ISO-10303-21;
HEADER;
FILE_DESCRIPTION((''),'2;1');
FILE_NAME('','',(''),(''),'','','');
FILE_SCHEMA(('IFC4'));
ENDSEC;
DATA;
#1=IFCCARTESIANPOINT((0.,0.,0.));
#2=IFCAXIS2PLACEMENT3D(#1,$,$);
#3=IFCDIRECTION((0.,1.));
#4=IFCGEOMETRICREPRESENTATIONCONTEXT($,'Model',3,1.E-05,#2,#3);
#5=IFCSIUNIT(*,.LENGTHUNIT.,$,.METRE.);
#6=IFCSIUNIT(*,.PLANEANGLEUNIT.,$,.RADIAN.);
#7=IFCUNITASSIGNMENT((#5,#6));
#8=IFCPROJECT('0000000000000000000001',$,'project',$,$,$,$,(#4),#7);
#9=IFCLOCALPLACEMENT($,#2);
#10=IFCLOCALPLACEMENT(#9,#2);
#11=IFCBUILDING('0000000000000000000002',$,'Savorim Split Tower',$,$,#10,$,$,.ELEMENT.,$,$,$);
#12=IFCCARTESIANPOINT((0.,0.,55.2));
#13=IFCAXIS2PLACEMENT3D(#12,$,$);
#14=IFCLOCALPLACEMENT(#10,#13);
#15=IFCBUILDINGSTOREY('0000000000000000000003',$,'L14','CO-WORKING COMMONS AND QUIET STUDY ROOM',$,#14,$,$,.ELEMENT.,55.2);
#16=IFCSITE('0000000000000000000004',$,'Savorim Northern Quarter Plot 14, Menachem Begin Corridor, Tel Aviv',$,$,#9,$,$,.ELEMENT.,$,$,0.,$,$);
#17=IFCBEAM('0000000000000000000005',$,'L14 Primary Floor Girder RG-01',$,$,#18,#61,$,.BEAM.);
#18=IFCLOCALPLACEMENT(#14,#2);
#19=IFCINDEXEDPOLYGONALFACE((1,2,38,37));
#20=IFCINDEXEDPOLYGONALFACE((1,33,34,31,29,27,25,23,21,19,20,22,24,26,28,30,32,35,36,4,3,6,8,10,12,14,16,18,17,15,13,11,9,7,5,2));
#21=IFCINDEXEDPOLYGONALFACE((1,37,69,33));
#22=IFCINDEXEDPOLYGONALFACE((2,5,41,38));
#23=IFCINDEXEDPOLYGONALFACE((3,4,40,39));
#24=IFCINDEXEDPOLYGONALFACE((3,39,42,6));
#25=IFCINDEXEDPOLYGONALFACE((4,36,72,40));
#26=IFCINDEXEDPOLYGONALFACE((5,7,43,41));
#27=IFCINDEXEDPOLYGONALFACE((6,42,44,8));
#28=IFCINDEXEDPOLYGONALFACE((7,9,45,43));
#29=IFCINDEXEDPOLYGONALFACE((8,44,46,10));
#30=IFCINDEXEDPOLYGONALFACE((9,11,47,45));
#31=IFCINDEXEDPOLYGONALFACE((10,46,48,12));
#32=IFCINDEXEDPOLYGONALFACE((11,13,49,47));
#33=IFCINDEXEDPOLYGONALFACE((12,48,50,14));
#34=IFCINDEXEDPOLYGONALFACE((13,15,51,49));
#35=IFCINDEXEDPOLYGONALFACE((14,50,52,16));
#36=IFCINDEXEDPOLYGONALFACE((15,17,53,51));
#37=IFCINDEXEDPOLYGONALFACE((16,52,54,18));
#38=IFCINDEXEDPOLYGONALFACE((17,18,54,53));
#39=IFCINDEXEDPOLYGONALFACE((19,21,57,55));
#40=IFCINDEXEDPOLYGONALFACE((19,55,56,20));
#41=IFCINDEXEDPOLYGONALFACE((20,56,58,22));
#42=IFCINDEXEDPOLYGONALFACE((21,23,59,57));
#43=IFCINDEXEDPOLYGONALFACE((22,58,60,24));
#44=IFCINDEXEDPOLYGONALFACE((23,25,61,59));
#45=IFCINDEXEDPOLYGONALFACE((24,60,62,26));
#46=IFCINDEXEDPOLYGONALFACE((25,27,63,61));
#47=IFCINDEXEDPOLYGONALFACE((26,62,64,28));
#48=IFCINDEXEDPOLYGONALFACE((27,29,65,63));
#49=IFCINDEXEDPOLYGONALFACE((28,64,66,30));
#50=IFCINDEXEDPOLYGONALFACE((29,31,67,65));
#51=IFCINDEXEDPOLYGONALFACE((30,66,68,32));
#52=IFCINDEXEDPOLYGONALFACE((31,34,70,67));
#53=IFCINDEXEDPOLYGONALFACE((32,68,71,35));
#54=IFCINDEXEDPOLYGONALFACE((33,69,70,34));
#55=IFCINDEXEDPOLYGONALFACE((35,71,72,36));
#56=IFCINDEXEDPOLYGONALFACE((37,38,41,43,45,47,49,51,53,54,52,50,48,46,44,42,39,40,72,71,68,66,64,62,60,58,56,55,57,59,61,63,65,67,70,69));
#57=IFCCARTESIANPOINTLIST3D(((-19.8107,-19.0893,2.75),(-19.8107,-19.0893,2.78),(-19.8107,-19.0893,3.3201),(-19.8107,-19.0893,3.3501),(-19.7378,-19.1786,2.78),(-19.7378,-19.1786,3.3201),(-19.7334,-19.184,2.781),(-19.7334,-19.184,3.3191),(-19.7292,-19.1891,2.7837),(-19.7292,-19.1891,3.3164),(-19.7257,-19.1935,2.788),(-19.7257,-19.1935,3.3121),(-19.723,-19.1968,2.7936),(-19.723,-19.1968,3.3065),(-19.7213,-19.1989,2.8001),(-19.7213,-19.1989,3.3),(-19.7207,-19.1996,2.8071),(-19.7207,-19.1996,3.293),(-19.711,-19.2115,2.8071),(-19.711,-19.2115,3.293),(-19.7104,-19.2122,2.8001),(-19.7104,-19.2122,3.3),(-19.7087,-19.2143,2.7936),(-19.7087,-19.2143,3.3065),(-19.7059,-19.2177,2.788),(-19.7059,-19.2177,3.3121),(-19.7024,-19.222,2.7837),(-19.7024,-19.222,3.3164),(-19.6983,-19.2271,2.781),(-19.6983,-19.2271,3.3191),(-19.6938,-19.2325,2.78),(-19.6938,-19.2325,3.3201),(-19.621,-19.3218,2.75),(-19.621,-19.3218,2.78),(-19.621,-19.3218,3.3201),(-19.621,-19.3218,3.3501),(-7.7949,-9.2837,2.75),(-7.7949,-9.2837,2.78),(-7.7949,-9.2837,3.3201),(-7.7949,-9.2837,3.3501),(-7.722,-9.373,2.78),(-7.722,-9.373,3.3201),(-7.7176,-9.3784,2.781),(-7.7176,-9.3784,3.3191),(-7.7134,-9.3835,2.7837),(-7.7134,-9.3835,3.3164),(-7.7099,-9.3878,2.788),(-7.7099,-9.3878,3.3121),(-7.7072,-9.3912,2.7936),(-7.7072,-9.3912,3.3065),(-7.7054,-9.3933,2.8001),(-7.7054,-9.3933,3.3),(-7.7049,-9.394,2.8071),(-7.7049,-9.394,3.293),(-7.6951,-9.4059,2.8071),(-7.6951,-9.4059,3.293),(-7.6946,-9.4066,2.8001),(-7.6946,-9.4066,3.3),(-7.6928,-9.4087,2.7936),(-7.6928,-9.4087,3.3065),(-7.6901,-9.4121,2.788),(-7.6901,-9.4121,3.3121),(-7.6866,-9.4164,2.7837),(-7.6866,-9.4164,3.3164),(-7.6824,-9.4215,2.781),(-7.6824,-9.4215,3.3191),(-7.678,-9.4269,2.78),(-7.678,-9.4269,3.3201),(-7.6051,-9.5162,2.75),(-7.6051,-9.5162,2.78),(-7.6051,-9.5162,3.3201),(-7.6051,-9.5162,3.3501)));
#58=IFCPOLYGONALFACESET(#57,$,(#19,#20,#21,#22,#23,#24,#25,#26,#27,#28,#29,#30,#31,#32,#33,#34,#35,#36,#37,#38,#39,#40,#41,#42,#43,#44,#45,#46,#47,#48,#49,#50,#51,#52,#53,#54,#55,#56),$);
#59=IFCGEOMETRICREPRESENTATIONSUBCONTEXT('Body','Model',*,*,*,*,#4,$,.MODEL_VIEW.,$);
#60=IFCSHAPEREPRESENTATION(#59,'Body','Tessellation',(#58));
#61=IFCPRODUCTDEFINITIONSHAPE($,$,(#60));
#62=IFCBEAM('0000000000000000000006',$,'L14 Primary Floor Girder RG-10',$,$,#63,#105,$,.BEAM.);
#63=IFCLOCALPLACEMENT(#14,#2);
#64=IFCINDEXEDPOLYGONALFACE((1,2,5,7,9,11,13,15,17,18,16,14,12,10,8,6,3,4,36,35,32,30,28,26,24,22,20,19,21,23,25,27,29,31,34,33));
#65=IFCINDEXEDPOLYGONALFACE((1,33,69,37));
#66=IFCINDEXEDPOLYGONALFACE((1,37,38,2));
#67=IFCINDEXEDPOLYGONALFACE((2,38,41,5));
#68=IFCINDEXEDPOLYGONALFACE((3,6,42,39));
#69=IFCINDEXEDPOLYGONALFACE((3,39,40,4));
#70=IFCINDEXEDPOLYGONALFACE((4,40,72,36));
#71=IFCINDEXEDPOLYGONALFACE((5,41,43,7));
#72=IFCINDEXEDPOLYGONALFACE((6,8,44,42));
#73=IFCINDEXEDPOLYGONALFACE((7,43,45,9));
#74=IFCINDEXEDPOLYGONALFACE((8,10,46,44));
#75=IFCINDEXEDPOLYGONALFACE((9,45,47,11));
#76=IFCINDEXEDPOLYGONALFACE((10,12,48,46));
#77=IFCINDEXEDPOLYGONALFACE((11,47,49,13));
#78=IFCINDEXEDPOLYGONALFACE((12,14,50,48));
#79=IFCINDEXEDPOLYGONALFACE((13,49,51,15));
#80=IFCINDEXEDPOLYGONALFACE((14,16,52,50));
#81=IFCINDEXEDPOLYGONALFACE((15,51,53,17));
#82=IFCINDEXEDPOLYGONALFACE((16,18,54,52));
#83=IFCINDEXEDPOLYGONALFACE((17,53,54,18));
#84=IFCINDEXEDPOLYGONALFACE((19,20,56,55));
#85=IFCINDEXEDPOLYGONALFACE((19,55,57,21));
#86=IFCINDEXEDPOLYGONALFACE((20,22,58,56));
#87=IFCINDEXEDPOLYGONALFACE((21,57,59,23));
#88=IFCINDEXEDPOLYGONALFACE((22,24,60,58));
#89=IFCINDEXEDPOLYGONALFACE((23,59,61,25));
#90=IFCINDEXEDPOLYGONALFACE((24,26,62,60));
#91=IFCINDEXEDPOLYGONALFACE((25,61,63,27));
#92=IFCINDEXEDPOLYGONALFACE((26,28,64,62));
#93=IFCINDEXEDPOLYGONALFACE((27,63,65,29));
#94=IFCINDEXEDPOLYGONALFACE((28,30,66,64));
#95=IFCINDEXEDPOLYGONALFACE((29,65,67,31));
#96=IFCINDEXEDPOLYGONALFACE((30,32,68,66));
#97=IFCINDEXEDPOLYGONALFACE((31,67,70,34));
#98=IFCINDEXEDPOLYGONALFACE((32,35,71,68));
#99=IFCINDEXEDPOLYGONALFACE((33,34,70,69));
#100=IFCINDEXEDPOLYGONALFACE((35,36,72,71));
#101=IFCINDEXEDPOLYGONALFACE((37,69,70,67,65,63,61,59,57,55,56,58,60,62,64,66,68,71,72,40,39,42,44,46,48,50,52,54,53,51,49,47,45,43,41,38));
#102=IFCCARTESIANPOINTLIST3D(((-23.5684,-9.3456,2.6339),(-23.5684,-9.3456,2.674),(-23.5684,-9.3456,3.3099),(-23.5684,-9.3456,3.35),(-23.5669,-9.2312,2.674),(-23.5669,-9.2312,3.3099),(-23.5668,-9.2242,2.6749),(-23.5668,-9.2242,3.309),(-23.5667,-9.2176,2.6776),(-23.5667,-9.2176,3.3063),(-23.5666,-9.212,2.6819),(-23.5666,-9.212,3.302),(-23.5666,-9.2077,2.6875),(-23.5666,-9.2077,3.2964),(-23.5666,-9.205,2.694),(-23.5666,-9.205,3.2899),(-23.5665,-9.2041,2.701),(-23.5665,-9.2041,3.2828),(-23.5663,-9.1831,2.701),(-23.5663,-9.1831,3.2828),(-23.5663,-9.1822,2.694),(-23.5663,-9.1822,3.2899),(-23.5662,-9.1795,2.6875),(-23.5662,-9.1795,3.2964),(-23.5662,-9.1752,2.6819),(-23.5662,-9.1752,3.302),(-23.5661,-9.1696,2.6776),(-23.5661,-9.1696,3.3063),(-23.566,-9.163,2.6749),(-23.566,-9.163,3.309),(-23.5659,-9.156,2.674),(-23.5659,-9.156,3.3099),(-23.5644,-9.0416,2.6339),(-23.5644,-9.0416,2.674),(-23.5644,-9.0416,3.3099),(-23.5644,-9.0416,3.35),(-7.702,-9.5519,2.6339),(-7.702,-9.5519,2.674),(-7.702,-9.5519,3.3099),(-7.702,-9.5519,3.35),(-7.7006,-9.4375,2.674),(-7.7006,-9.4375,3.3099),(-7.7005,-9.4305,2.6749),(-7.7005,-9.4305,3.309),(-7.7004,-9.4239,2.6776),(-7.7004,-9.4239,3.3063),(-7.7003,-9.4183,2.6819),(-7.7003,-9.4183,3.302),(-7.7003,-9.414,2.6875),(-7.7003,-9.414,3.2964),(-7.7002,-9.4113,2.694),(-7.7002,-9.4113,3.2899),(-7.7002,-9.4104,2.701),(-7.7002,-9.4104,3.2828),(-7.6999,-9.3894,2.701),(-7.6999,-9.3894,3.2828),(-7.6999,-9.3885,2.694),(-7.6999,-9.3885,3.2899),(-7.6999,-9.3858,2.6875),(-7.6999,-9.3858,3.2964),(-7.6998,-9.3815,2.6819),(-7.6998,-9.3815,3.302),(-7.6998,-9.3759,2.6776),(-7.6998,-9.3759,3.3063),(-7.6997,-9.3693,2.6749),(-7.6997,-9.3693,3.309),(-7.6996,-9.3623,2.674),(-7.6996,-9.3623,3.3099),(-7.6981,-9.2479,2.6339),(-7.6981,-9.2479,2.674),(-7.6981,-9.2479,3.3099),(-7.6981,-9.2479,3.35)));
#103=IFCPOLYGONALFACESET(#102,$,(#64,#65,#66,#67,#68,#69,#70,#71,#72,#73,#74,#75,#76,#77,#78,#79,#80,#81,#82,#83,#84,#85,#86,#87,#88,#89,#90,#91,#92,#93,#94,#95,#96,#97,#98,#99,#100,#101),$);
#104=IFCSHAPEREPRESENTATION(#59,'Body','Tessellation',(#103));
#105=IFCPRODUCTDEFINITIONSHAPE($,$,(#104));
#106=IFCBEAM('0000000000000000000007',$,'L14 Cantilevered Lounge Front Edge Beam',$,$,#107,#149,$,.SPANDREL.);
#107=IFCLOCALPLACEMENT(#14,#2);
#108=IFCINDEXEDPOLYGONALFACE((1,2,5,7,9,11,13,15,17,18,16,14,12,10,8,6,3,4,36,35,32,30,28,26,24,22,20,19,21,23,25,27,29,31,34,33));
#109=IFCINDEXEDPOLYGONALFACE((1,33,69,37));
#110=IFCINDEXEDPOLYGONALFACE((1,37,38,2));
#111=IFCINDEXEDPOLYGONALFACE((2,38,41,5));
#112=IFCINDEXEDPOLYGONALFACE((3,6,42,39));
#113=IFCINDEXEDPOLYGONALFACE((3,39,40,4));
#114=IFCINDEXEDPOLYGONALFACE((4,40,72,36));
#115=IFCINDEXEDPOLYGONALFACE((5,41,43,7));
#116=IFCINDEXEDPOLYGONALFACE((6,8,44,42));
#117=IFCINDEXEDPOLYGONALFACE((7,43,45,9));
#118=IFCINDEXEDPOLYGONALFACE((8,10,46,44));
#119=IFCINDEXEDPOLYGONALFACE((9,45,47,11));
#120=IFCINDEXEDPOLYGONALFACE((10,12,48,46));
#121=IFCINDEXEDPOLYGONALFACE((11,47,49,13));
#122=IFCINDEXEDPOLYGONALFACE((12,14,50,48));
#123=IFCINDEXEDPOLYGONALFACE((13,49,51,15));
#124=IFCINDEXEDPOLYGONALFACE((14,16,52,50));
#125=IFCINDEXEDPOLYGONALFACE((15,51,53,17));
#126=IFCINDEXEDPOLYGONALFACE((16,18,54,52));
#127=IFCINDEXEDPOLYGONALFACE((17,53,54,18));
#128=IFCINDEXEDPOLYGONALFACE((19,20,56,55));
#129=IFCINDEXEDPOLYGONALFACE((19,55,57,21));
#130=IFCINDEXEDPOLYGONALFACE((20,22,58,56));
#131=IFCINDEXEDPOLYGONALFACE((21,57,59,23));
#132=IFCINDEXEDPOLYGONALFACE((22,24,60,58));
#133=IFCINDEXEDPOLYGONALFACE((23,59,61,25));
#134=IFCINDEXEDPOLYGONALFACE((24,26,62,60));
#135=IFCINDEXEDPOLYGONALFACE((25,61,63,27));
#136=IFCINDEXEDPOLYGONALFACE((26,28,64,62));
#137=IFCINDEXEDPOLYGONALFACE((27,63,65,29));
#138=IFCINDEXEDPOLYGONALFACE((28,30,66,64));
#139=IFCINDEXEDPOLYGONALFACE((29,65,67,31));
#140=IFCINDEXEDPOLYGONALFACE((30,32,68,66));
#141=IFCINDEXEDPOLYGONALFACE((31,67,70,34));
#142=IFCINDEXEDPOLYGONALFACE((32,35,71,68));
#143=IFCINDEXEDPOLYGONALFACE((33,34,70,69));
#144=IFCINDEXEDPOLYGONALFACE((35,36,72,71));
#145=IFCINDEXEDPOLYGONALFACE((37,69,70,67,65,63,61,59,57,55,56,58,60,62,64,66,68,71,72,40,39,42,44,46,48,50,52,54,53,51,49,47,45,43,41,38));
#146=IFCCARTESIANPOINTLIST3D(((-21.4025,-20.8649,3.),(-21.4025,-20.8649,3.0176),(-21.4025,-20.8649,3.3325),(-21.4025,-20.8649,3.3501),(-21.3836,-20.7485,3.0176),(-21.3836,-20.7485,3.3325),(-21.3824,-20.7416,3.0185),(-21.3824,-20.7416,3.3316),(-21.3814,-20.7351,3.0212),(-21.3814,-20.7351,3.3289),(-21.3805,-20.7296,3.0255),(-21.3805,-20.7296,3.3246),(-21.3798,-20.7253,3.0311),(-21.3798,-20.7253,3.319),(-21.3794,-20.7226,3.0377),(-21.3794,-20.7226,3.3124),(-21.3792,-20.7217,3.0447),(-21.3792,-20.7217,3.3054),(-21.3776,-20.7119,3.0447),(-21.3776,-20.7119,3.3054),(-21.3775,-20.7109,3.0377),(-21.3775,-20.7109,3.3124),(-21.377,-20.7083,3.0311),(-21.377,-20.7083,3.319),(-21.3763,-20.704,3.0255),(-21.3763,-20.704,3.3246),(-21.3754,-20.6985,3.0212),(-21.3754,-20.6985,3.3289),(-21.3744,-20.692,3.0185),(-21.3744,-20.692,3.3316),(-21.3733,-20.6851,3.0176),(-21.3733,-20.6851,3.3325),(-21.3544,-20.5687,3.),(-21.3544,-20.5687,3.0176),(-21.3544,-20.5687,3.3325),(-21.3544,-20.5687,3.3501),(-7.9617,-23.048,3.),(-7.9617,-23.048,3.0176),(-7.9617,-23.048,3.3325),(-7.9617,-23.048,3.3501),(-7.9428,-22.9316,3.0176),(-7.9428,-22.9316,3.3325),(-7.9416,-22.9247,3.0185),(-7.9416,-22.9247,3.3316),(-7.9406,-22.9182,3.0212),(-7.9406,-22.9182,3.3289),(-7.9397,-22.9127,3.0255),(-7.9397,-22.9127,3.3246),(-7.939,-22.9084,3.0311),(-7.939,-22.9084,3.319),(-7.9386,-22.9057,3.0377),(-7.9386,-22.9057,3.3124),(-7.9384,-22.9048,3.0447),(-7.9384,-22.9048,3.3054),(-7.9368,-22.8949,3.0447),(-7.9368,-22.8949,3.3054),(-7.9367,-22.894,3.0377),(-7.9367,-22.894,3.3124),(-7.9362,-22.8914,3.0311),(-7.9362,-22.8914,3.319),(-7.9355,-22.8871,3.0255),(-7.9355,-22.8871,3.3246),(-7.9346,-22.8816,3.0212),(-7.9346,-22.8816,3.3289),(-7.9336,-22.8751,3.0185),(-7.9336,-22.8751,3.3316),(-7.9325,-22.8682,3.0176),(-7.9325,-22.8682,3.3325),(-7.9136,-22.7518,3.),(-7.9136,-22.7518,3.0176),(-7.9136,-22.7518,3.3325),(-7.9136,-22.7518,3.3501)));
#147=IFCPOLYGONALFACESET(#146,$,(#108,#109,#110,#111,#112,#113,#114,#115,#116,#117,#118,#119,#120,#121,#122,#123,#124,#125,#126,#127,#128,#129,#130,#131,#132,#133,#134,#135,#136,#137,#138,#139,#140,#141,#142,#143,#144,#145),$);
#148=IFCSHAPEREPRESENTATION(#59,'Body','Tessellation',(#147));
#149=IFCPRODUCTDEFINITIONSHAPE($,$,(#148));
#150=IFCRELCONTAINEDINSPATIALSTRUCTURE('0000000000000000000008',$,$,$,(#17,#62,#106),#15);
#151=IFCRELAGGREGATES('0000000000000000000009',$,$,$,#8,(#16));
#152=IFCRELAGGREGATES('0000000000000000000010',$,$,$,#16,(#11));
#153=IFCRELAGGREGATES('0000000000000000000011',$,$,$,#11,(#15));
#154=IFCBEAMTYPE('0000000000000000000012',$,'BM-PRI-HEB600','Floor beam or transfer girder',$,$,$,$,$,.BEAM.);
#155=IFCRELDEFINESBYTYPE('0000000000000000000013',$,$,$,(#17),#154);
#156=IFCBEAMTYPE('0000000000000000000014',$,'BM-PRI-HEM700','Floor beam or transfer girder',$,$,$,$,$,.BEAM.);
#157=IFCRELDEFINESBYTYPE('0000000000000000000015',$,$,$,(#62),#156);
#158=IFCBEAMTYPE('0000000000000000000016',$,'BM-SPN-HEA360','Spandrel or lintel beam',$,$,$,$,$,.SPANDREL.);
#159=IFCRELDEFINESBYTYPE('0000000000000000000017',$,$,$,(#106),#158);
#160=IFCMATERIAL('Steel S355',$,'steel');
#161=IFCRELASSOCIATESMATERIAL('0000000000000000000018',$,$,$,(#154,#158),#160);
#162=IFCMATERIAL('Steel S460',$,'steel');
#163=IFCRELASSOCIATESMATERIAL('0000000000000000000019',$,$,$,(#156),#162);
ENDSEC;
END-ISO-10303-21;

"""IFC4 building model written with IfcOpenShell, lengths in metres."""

from ifc_helpers import new_model, si_unit, direction, frame, origin, origin_2d, place, context, subcontext, project, spatial, i_section, extrude, material, material_profile, profile_set, type_object, element, save


model = new_model("IFC4")

# Units and contexts
model_context = context("Model", 3, precision=1e-05, world=origin(), true_north=direction((0.0, 1.0)))
body_context = subcontext(model_context, "Body", "Model", "MODEL_VIEW")
ifc_project = project(units=[si_unit("LENGTHUNIT", "METRE"), si_unit("PLANEANGLEUNIT", "RADIAN")], contexts=[model_context])

# Site, building, storey
site_placement = place(None, origin())
site = spatial("IfcSite", under=ifc_project, at=site_placement, Name="Savorim Northern Quarter Plot 14, Menachem Begin Corridor, Tel Aviv", CompositionType="ELEMENT", RefElevation=0.0)
building_placement = place(site_placement, origin())
building = spatial("IfcBuilding", under=site, at=building_placement, Name="Savorim Split Tower", CompositionType="ELEMENT")
storey_placement = place(building_placement, frame((0.0, 0.0, 55.2)))
storey = spatial("IfcBuildingStorey", under=building, at=storey_placement, Name="L14", Description="CO-WORKING COMMONS AND QUIET STUDY ROOM", CompositionType="ELEMENT", Elevation=55.2)

# Shared definitions
ifc_material_1 = material(Name="Steel S460", Category="steel")

# Beams
ifc_material_2 = material(Name="Steel S355", Category="steel")
ifc_material_profile_1 = material_profile(ifc_material_2, i_section(OverallWidth=0.3, OverallDepth=0.6001, WebThickness=0.0154, FlangeThickness=0.03, FilletRadius=0.0271, at=origin_2d()), Name="HEB 600")
ifc_profile_set_1 = profile_set([ifc_material_profile_1], Name="Steel S355")
beam_type_1 = type_object("IfcBeamType", Name="BM-PRI-HEB600", Description="Floor beam or transfer girder", PredefinedType="BEAM", material=ifc_profile_set_1)
beam_1_placement = place(storey_placement, frame((-19.7158, -19.2056, 3.05), z_axis=(0.774763, 0.632252, 0.0), x_axis=(-0.632252, 0.774763, 0.0)))
element("IfcBeam", 1, at=beam_1_placement, inside=storey, type_object=beam_type_1, Name="L14 Primary Floor Girder RG-01", PredefinedType="BEAM", context=body_context, shape_type="SweptSolid", body=[
    extrude(i_section(OverallWidth=0.3, OverallDepth=0.6001, WebThickness=0.0154, FlangeThickness=0.03, FilletRadius=0.0271, at=origin_2d()), origin(), (0.0, 0.0, 1.0), 15.509),
])
ifc_material_profile_2 = material_profile(ifc_material_1, i_section(OverallWidth=0.304, OverallDepth=0.7161, WebThickness=0.021, FlangeThickness=0.04, FilletRadius=0.0271, at=origin_2d()), Name="HE 700 M")
ifc_profile_set_2 = profile_set([ifc_material_profile_2], Name="Steel S460")
beam_type_2 = type_object("IfcBeamType", Name="BM-PRI-HEM700", Description="Floor beam or transfer girder", PredefinedType="BEAM", material=ifc_profile_set_2)
beam_2_placement = place(storey_placement, frame((-23.5664, -9.1936, 2.9919), z_axis=(0.999915, -0.013001, 0.0), x_axis=(0.013001, 0.999915, 0.0)))
element("IfcBeam", 2, at=beam_2_placement, inside=storey, type_object=beam_type_2, Name="L14 Primary Floor Girder RG-10", PredefinedType="BEAM", context=body_context, shape_type="SweptSolid", body=[
    extrude(i_section(OverallWidth=0.304, OverallDepth=0.7161, WebThickness=0.021, FlangeThickness=0.04, FilletRadius=0.0271, at=origin_2d()), origin(), (0.0, 0.0, 1.0), 15.8677),
])
ifc_material_profile_3 = material_profile(ifc_material_2, i_section(OverallWidth=0.3, OverallDepth=0.3501, WebThickness=0.01, FlangeThickness=0.0176, FilletRadius=0.0271, at=origin_2d()), Name="HEA 360")
ifc_profile_set_3 = profile_set([ifc_material_profile_3], Name="Steel S355")
beam_type_3 = type_object("IfcBeamType", Name="BM-SPN-HEA360", Description="Spandrel or lintel beam", PredefinedType="SPANDREL", material=ifc_profile_set_3)
beam_3_placement = place(storey_placement, frame((-21.3784, -20.7168, 3.175), z_axis=(0.987065, -0.160321, 0.0), x_axis=(0.160321, 0.987065, 0.0)))
element("IfcBeam", 3, at=beam_3_placement, inside=storey, type_object=beam_type_3, Name="L14 Cantilevered Lounge Front Edge Beam", PredefinedType="SPANDREL", context=body_context, shape_type="SweptSolid", body=[
    extrude(i_section(OverallWidth=0.3, OverallDepth=0.3501, WebThickness=0.01, FlangeThickness=0.0176, FilletRadius=0.0271, at=origin_2d()), origin(), (0.0, 0.0, 1.0), 13.6169),
])

save(model, "model.ifc")
